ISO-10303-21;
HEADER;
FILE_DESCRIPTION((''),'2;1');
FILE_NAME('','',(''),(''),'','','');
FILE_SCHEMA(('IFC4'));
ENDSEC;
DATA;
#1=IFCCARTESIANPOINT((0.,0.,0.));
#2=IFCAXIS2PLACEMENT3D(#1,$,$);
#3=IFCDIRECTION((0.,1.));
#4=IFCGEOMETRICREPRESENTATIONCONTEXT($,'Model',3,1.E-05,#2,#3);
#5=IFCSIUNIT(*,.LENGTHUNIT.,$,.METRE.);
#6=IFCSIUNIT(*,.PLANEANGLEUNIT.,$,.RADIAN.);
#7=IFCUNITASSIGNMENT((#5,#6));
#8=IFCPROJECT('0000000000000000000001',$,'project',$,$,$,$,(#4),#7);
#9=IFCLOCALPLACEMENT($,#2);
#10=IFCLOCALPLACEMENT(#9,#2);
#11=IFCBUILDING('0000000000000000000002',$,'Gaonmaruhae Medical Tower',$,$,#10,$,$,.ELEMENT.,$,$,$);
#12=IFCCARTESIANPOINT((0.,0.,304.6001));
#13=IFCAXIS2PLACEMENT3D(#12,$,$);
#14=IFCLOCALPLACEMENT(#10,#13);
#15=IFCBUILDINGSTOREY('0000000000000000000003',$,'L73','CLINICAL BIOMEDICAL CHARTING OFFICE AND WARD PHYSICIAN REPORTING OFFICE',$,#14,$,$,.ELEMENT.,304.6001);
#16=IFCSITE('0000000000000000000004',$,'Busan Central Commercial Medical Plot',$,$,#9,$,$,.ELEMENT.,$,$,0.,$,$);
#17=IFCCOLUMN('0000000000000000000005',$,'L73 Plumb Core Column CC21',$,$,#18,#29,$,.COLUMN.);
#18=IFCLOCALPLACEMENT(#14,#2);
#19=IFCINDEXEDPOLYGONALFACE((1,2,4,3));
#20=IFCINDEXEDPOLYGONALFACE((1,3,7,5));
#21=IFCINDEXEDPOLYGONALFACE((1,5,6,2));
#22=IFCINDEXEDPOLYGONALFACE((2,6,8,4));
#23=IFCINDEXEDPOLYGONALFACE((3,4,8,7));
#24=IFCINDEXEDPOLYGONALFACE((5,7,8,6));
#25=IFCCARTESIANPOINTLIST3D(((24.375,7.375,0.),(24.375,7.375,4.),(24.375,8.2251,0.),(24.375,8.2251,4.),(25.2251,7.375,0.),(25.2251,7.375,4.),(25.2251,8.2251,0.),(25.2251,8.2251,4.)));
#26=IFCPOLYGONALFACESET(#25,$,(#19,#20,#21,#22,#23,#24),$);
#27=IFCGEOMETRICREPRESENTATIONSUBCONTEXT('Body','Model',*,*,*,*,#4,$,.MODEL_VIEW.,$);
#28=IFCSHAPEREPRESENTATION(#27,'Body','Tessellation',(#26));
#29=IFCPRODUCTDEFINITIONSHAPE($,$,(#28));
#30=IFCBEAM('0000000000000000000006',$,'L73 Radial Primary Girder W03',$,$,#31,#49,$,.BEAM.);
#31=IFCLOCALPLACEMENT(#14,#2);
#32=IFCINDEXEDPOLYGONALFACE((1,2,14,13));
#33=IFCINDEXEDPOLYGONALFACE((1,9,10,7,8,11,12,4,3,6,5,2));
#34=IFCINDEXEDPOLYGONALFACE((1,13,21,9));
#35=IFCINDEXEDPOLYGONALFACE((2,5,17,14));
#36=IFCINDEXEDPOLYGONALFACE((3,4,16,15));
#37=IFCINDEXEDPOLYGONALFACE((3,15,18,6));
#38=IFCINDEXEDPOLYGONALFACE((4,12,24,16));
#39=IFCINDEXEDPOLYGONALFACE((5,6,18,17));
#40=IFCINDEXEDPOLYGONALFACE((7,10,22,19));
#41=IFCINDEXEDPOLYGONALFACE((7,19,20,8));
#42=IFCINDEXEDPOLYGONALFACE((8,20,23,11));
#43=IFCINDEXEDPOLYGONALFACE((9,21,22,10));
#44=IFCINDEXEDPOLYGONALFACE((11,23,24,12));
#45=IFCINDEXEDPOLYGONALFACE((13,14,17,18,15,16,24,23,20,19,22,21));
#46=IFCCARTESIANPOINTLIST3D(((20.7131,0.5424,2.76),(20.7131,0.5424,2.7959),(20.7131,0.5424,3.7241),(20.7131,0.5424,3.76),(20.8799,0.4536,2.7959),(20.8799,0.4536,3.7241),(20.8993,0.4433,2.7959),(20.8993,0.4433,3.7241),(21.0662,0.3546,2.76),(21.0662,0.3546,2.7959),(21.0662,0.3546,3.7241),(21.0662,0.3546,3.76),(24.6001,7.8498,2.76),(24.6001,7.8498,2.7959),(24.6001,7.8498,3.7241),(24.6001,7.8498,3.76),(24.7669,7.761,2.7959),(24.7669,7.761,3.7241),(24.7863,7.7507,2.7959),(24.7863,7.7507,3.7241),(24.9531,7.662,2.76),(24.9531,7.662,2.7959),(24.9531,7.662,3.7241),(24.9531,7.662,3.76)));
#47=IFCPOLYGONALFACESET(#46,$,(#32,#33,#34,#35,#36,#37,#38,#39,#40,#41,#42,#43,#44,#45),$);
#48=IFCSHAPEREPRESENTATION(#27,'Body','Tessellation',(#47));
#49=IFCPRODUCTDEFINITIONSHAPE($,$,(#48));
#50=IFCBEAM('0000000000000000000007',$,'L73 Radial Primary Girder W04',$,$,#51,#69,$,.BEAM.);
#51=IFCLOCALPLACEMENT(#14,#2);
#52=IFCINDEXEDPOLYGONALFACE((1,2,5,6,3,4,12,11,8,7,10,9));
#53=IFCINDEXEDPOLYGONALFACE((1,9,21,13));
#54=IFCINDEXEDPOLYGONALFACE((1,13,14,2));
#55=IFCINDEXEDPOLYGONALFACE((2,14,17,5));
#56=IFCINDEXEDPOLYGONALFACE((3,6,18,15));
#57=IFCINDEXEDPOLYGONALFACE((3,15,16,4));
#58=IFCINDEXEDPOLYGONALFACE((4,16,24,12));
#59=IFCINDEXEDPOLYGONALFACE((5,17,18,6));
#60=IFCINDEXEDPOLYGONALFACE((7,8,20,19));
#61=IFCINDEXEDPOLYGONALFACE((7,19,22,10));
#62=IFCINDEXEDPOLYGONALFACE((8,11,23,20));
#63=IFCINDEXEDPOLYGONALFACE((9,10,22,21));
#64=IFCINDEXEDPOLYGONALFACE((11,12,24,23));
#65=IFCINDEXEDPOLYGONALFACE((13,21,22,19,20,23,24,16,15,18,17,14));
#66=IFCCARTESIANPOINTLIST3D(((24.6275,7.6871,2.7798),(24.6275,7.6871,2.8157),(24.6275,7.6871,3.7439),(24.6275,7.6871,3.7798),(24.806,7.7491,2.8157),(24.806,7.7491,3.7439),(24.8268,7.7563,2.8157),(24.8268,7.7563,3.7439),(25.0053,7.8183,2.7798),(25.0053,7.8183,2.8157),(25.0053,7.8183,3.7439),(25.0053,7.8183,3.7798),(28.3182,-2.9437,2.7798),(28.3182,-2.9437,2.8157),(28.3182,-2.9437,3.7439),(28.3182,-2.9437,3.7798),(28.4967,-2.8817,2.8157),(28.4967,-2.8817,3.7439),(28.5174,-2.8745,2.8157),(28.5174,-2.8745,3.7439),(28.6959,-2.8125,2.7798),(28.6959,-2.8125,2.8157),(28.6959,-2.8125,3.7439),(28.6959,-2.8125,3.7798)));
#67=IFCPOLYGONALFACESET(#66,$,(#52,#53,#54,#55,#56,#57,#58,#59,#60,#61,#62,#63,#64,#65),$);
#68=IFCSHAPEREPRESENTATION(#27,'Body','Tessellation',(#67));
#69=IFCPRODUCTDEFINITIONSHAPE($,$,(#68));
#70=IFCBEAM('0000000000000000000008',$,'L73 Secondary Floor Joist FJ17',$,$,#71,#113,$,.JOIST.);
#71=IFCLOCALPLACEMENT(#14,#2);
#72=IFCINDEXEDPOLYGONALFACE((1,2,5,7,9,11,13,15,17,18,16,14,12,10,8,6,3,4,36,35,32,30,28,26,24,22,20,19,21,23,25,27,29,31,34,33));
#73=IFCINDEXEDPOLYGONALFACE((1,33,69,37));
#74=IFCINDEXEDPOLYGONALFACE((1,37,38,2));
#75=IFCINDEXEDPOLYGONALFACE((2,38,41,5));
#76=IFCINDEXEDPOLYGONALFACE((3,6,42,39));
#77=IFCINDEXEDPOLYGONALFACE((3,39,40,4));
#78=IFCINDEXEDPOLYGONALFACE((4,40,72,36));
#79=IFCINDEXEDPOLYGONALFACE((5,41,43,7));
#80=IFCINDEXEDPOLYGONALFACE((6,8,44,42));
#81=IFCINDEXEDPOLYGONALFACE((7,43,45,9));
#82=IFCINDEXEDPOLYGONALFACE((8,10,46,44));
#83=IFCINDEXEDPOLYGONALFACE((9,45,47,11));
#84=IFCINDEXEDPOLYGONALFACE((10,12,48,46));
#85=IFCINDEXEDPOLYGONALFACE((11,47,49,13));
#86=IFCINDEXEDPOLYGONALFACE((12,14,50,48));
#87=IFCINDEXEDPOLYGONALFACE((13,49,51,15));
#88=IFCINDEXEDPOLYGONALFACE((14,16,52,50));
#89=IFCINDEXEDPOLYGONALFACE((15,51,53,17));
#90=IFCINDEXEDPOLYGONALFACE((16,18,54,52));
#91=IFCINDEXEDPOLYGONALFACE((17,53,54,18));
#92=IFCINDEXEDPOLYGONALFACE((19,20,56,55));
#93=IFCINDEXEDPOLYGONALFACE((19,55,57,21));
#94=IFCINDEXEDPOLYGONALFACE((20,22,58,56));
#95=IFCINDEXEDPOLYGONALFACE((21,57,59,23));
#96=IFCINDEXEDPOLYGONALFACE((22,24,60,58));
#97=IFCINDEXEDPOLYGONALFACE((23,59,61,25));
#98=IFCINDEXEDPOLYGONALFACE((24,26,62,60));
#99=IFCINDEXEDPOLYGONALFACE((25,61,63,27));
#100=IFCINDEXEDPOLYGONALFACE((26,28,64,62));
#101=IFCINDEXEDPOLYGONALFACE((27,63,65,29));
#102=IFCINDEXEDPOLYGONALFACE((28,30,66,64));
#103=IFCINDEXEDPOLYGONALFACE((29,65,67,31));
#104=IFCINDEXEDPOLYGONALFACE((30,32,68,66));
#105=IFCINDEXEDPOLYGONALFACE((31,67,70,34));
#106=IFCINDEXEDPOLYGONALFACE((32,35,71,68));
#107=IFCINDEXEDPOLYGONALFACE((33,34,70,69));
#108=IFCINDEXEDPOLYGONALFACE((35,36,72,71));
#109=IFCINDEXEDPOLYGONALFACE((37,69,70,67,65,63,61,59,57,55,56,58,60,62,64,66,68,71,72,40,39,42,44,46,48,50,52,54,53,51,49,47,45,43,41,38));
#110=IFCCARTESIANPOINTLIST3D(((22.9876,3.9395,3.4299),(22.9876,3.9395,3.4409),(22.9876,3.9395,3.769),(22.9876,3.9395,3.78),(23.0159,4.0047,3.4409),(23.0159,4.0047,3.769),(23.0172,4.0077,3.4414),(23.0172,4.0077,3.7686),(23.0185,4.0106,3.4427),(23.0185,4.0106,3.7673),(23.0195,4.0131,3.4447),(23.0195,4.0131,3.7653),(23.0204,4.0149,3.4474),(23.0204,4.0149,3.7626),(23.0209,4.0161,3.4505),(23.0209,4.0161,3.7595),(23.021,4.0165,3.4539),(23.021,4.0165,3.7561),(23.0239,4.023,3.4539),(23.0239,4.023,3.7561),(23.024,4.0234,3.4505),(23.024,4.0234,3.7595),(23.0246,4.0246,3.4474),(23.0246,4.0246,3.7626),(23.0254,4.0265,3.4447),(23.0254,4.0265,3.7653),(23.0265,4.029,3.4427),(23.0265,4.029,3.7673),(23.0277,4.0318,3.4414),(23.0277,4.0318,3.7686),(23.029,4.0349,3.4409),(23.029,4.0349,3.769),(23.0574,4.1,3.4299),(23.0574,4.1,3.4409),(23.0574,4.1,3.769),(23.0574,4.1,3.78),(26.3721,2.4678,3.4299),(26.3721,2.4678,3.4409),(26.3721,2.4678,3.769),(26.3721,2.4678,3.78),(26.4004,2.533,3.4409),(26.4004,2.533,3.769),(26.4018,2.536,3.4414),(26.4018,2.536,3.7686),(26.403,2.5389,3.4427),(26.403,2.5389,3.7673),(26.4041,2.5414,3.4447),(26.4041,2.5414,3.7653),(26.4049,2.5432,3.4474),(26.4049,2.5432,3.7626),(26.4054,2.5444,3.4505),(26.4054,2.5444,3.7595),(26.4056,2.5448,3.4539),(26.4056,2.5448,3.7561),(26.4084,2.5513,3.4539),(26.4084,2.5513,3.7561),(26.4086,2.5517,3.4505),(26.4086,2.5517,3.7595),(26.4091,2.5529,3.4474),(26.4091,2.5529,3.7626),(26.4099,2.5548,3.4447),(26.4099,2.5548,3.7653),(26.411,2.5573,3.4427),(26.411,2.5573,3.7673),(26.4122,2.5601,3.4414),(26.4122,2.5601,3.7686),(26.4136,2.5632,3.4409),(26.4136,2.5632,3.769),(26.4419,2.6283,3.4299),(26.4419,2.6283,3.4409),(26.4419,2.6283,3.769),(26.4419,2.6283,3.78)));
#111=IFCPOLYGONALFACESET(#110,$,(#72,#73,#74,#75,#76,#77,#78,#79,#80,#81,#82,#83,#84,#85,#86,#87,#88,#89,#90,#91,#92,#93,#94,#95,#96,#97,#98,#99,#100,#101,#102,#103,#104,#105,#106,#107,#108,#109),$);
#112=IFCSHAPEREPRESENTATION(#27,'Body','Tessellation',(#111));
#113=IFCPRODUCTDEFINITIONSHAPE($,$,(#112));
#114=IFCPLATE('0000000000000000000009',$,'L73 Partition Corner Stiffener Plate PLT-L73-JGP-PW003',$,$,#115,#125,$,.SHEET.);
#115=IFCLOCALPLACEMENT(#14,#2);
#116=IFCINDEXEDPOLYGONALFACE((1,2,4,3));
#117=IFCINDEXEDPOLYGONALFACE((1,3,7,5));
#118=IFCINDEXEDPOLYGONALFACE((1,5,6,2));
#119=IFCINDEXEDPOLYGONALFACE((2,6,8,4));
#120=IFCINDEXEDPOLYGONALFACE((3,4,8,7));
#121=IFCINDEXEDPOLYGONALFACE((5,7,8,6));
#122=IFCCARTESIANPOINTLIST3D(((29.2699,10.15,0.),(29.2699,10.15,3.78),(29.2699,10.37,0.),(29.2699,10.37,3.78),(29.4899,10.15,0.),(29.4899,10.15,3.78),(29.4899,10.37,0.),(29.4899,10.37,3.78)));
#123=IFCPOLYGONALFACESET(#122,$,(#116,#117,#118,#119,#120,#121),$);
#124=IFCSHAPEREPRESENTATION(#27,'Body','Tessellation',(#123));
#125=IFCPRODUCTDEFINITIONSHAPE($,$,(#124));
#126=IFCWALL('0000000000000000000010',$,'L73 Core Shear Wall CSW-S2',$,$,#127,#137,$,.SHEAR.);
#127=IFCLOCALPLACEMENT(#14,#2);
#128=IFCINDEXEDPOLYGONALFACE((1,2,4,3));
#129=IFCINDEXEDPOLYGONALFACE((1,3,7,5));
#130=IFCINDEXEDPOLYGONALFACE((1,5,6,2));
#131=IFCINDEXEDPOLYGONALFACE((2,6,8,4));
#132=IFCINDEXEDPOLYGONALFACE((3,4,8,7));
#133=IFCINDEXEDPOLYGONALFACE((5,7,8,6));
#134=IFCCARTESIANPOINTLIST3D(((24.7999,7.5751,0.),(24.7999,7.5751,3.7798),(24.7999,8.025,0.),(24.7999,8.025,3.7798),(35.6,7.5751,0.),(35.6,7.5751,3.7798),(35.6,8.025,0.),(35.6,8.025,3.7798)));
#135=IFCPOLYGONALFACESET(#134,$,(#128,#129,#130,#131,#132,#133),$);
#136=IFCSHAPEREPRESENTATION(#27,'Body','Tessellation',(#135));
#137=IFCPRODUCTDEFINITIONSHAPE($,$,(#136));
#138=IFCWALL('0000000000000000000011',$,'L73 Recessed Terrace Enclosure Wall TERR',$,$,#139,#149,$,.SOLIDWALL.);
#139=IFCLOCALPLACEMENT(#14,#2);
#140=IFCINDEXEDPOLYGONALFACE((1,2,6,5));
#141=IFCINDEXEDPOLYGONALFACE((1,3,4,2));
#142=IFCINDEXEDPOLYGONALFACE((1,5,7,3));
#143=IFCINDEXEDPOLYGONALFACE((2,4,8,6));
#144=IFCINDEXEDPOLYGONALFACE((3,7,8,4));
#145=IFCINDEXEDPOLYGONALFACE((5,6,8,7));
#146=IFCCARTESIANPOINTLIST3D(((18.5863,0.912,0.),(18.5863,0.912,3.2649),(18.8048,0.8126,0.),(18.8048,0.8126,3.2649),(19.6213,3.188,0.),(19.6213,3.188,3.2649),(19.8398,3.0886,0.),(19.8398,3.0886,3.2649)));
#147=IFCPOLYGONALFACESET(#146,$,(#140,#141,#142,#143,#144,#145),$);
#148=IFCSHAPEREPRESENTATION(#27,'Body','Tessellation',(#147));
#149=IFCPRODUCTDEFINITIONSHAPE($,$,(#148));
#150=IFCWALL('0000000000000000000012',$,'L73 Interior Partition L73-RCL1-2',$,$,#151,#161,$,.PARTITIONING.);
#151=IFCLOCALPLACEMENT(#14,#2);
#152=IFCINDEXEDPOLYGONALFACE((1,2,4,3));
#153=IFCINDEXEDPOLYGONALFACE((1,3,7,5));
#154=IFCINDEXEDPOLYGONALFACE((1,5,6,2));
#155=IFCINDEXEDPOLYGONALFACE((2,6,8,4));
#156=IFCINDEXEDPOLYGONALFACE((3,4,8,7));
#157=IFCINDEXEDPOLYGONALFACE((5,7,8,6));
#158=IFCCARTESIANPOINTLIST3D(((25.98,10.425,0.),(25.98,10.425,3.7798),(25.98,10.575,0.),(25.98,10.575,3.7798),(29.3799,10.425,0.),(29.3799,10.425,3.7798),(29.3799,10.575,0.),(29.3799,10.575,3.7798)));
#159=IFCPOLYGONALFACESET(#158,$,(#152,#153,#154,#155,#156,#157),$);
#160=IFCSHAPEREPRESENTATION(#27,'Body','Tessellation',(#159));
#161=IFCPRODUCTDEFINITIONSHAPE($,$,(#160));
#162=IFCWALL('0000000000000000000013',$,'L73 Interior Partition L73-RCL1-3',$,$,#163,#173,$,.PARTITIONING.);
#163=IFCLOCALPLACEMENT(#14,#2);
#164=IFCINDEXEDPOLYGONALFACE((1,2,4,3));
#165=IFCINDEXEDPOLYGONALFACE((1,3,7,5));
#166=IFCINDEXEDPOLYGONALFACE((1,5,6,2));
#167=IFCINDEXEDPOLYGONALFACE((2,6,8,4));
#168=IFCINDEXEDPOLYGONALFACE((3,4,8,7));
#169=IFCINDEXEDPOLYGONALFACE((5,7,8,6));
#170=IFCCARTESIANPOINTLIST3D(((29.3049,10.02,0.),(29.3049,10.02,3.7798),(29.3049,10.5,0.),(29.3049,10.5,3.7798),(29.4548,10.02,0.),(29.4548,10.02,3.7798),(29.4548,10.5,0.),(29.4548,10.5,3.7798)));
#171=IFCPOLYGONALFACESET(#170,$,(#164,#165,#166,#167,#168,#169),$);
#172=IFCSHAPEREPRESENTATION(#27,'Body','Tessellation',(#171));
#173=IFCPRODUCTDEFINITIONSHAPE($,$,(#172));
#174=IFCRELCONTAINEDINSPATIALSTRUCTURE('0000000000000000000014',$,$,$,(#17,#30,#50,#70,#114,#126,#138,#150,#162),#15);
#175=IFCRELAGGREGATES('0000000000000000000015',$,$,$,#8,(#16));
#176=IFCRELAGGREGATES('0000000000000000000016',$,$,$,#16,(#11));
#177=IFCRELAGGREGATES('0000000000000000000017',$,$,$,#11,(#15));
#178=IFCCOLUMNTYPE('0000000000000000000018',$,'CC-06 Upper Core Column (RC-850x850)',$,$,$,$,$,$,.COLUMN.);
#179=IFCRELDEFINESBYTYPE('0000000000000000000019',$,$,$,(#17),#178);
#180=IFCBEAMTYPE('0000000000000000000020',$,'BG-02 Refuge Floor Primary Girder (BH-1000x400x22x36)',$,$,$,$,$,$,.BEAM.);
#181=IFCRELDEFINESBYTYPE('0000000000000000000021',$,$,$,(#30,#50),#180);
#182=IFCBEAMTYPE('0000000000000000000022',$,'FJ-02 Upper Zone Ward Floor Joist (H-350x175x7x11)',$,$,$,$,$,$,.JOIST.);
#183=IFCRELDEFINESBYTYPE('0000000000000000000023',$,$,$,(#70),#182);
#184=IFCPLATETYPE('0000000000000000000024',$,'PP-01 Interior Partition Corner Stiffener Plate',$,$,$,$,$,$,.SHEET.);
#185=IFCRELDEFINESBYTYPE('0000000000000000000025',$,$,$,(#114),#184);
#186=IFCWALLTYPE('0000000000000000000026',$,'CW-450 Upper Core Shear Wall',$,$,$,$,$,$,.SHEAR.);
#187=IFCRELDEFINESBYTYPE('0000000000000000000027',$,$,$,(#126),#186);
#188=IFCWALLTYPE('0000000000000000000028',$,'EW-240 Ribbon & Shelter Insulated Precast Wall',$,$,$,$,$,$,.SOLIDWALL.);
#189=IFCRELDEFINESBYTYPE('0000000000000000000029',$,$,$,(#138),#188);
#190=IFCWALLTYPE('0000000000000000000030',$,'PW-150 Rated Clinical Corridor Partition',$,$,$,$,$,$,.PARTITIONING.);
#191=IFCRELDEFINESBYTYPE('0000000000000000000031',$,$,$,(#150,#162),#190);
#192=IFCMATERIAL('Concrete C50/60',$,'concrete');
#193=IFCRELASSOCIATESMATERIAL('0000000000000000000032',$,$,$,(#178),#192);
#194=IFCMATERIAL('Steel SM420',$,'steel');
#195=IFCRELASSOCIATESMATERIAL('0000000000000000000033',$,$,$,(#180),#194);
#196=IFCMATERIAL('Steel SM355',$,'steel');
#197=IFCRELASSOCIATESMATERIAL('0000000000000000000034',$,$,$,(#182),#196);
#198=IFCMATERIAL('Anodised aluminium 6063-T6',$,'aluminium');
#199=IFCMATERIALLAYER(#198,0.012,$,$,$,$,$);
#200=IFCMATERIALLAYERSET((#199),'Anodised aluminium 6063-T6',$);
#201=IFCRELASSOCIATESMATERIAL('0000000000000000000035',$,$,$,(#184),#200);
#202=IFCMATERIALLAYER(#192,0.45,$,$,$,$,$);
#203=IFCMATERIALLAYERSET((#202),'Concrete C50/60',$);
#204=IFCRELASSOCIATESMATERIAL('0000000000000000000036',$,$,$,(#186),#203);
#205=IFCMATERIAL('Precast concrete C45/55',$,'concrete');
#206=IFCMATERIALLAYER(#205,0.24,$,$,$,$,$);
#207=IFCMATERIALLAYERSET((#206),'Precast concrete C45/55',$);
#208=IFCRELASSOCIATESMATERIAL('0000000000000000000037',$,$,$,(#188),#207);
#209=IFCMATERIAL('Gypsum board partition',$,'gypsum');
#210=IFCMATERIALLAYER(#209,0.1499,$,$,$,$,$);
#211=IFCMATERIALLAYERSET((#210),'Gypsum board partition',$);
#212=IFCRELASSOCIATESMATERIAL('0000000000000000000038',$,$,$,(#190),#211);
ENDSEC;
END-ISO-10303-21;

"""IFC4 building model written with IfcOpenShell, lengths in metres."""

from ifc_helpers import new_model, si_unit, direction, frame, frame_2d, origin, origin_2d, place, context, subcontext, project, spatial, rectangle, i_section, extrude, material, layer, layer_set, material_profile, profile_set, type_object, element, save


model = new_model("IFC4")

# Units and contexts
model_context = context("Model", 3, precision=1e-05, world=origin(), true_north=direction((0.0, 1.0)))
body_context = subcontext(model_context, "Body", "Model", "MODEL_VIEW")
ifc_project = project(units=[si_unit("LENGTHUNIT", "METRE"), si_unit("PLANEANGLEUNIT", "RADIAN")], contexts=[model_context])

# Site, building, storey
site_placement = place(None, origin())
site = spatial("IfcSite", under=ifc_project, at=site_placement, Name="Busan Central Commercial Medical Plot", CompositionType="ELEMENT", RefElevation=0.0)
building_placement = place(site_placement, origin())
building = spatial("IfcBuilding", under=site, at=building_placement, Name="Gaonmaruhae Medical Tower", CompositionType="ELEMENT")
storey_placement = place(building_placement, frame((0.0, 0.0, 304.6001)))
storey = spatial("IfcBuildingStorey", under=building, at=storey_placement, Name="L73", Description="CLINICAL BIOMEDICAL CHARTING OFFICE AND WARD PHYSICIAN REPORTING OFFICE", CompositionType="ELEMENT", Elevation=304.6001)

# Column
ifc_material_1 = material(Name="Concrete C50/60", Category="concrete")
ifc_material_profile_1 = material_profile(ifc_material_1, rectangle(XDim=0.8501, YDim=0.8501, at=origin_2d()), Name="RC-850x850")
ifc_profile_set_1 = profile_set([ifc_material_profile_1], Name="Concrete C50/60")
column_type = type_object("IfcColumnType", Name="CC-06 Upper Core Column (RC-850x850)", PredefinedType="COLUMN", material=ifc_profile_set_1)
column_placement = place(storey_placement, frame((24.8, 7.8, 0.0), z_axis=(0.0, 0.0, 1.0), x_axis=(1.0, 0.0, 0.0)))
element("IfcColumn", 1, at=column_placement, inside=storey, type_object=column_type, Name="L73 Plumb Core Column CC21", PredefinedType="COLUMN", context=body_context, shape_type="SweptSolid", body=[
    extrude(rectangle(XDim=0.8501, YDim=0.8501, at=origin_2d()), origin(), (0.0, 0.0, 1.0), 4.0),
])

# Beams
ifc_material_2 = material(Name="Steel SM420", Category="steel")
ifc_material_profile_2 = material_profile(ifc_material_2, i_section(OverallWidth=0.3999, OverallDepth=1.0, WebThickness=0.022, FlangeThickness=0.0359, at=origin_2d()), Name="BH-1000x400x22x36")
ifc_profile_set_2 = profile_set([ifc_material_profile_2], Name="Steel SM420")
beam_type_1 = type_object("IfcBeamType", Name="BG-02 Refuge Floor Primary Girder (BH-1000x400x22x36)", PredefinedType="BEAM", material=ifc_profile_set_2)
beam_1_placement = place(storey_placement, frame((24.7766, 7.7559, 3.26), z_axis=(-0.469619, -0.882869, 0.0), x_axis=(0.882869, -0.469619, 0.0)))
element("IfcBeam", 2, at=beam_1_placement, inside=storey, type_object=beam_type_1, Name="L73 Radial Primary Girder W03", PredefinedType="BEAM", context=body_context, shape_type="SweptSolid", body=[
    extrude(i_section(OverallWidth=0.3999, OverallDepth=1.0, WebThickness=0.022, FlangeThickness=0.0359, at=origin_2d()), origin(), (0.0, 0.0, 1.0), 8.2769),
])
beam_2_placement = place(storey_placement, frame((24.8164, 7.7527, 3.2798), z_axis=(0.327964, -0.94469, 0.0), x_axis=(0.94469, 0.327964, 0.0)))
element("IfcBeam", 3, at=beam_2_placement, inside=storey, type_object=beam_type_1, Name="L73 Radial Primary Girder W04", PredefinedType="BEAM", context=body_context, shape_type="SweptSolid", body=[
    extrude(i_section(OverallWidth=0.3999, OverallDepth=1.0, WebThickness=0.022, FlangeThickness=0.0359, at=origin_2d()), origin(), (0.0, 0.0, 1.0), 11.2532),
])
ifc_material_3 = material(Name="Steel SM355", Category="steel")
ifc_material_profile_3 = material_profile(ifc_material_3, i_section(OverallWidth=0.175, OverallDepth=0.3501, WebThickness=0.0071, FlangeThickness=0.011, FilletRadius=0.0129, at=origin_2d()), Name="H-350x175x7x11")
ifc_profile_set_3 = profile_set([ifc_material_profile_3], Name="Steel SM355")
beam_type_2 = type_object("IfcBeamType", Name="FJ-02 Upper Zone Ward Floor Joist (H-350x175x7x11)", PredefinedType="JOIST", material=ifc_profile_set_3)
beam_3_placement = place(storey_placement, frame((23.0225, 4.0198, 3.605), z_axis=(0.917055, -0.39876, 0.0), x_axis=(0.39876, 0.917055, 0.0)))
element("IfcBeam", 4, at=beam_3_placement, inside=storey, type_object=beam_type_2, Name="L73 Secondary Floor Joist FJ17", PredefinedType="JOIST", context=body_context, shape_type="SweptSolid", body=[
    extrude(i_section(OverallWidth=0.175, OverallDepth=0.3501, WebThickness=0.0071, FlangeThickness=0.011, FilletRadius=0.0129, at=origin_2d()), origin(), (0.0, 0.0, 1.0), 3.6907),
])

# Plate
ifc_material_4 = material(Name="Anodised aluminium 6063-T6", Category="aluminium")
ifc_layer_1 = layer(ifc_material_4, 0.012)
ifc_layer_set_1 = layer_set([ifc_layer_1], Name="Anodised aluminium 6063-T6")
plate_type = type_object("IfcPlateType", Name="PP-01 Interior Partition Corner Stiffener Plate", PredefinedType="SHEET", material=ifc_layer_set_1)
plate_placement = place(storey_placement, frame((29.3799, 10.26, 0.0), z_axis=(0.0, 0.0, 1.0), x_axis=(0.0, -1.0, 0.0)))
element("IfcPlate", 5, at=plate_placement, inside=storey, type_object=plate_type, Name="L73 Partition Corner Stiffener Plate PLT-L73-JGP-PW003", PredefinedType="SHEET", context=body_context, shape_type="SweptSolid", body=[
    extrude(rectangle(XDim=0.22, YDim=0.22, at=origin_2d()), origin(), (0.0, 0.0, 1.0), 3.78),
])

# Walls
ifc_layer_2 = layer(ifc_material_1, 0.45)
ifc_layer_set_2 = layer_set([ifc_layer_2], Name="Concrete C50/60")
wall_type_1 = type_object("IfcWallType", Name="CW-450 Upper Core Shear Wall", PredefinedType="SHEAR", material=ifc_layer_set_2)
wall_1_placement = place(storey_placement, frame((24.8, 7.8, 0.0), z_axis=(0.0, 0.0, 1.0), x_axis=(1.0, 0.0, 0.0)))
element("IfcWall", 6, at=wall_1_placement, inside=storey, type_object=wall_type_1, Name="L73 Core Shear Wall CSW-S2", PredefinedType="SHEAR", context=body_context, shape_type="SweptSolid", body=[
    extrude(rectangle(XDim=10.8, YDim=0.45, at=frame_2d((5.3999, 0.0))), origin(), (0.0, 0.0, 1.0), 3.7798),
])
ifc_material_5 = material(Name="Precast concrete C45/55", Category="concrete")
ifc_layer_3 = layer(ifc_material_5, 0.24)
ifc_layer_set_3 = layer_set([ifc_layer_3], Name="Precast concrete C45/55")
wall_type_2 = type_object("IfcWallType", Name="EW-240 Ribbon & Shelter Insulated Precast Wall", PredefinedType="SOLIDWALL", material=ifc_layer_set_3)
wall_2_placement = place(storey_placement, frame((19.7305, 3.1382, 0.0), z_axis=(0.0, 0.0, 1.0), x_axis=(-0.413943, -0.910303, 0.0)))
element("IfcWall", 7, at=wall_2_placement, inside=storey, type_object=wall_type_2, Name="L73 Recessed Terrace Enclosure Wall TERR", PredefinedType="SOLIDWALL", context=body_context, shape_type="SweptSolid", body=[
    extrude(rectangle(XDim=2.5002, YDim=0.24, at=frame_2d((1.25, 0.0))), origin(), (0.0, 0.0, 1.0), 3.2649),
])

# Shared definitions
ifc_material_6 = material(Name="Gypsum board partition", Category="gypsum")
ifc_layer_4 = layer(ifc_material_6, 0.1499)
ifc_layer_set_4 = layer_set([ifc_layer_4], Name="Gypsum board partition")
wall_type_3 = type_object("IfcWallType", Name="PW-150 Rated Clinical Corridor Partition", PredefinedType="PARTITIONING", material=ifc_layer_set_4)

# Walls
wall_3_placement = place(storey_placement, frame((25.98, 10.5, 0.0), z_axis=(0.0, 0.0, 1.0), x_axis=(1.0, 0.0, 0.0)))
element("IfcWall", 8, at=wall_3_placement, inside=storey, type_object=wall_type_3, Name="L73 Interior Partition L73-RCL1-2", PredefinedType="PARTITIONING", context=body_context, shape_type="SweptSolid", body=[
    extrude(rectangle(XDim=3.3999, YDim=0.1499, at=frame_2d((1.7, 0.0))), origin(), (0.0, 0.0, 1.0), 3.7798),
])
wall_4_placement = place(storey_placement, frame((29.3799, 10.5, 0.0), z_axis=(0.0, 0.0, 1.0), x_axis=(0.0, -1.0, 0.0)))
element("IfcWall", 9, at=wall_4_placement, inside=storey, type_object=wall_type_3, Name="L73 Interior Partition L73-RCL1-3", PredefinedType="PARTITIONING", context=body_context, shape_type="SweptSolid", body=[
    extrude(rectangle(XDim=0.48, YDim=0.1499, at=frame_2d((0.24, 0.0))), origin(), (0.0, 0.0, 1.0), 3.7798),
])

save(model, "model.ifc")
